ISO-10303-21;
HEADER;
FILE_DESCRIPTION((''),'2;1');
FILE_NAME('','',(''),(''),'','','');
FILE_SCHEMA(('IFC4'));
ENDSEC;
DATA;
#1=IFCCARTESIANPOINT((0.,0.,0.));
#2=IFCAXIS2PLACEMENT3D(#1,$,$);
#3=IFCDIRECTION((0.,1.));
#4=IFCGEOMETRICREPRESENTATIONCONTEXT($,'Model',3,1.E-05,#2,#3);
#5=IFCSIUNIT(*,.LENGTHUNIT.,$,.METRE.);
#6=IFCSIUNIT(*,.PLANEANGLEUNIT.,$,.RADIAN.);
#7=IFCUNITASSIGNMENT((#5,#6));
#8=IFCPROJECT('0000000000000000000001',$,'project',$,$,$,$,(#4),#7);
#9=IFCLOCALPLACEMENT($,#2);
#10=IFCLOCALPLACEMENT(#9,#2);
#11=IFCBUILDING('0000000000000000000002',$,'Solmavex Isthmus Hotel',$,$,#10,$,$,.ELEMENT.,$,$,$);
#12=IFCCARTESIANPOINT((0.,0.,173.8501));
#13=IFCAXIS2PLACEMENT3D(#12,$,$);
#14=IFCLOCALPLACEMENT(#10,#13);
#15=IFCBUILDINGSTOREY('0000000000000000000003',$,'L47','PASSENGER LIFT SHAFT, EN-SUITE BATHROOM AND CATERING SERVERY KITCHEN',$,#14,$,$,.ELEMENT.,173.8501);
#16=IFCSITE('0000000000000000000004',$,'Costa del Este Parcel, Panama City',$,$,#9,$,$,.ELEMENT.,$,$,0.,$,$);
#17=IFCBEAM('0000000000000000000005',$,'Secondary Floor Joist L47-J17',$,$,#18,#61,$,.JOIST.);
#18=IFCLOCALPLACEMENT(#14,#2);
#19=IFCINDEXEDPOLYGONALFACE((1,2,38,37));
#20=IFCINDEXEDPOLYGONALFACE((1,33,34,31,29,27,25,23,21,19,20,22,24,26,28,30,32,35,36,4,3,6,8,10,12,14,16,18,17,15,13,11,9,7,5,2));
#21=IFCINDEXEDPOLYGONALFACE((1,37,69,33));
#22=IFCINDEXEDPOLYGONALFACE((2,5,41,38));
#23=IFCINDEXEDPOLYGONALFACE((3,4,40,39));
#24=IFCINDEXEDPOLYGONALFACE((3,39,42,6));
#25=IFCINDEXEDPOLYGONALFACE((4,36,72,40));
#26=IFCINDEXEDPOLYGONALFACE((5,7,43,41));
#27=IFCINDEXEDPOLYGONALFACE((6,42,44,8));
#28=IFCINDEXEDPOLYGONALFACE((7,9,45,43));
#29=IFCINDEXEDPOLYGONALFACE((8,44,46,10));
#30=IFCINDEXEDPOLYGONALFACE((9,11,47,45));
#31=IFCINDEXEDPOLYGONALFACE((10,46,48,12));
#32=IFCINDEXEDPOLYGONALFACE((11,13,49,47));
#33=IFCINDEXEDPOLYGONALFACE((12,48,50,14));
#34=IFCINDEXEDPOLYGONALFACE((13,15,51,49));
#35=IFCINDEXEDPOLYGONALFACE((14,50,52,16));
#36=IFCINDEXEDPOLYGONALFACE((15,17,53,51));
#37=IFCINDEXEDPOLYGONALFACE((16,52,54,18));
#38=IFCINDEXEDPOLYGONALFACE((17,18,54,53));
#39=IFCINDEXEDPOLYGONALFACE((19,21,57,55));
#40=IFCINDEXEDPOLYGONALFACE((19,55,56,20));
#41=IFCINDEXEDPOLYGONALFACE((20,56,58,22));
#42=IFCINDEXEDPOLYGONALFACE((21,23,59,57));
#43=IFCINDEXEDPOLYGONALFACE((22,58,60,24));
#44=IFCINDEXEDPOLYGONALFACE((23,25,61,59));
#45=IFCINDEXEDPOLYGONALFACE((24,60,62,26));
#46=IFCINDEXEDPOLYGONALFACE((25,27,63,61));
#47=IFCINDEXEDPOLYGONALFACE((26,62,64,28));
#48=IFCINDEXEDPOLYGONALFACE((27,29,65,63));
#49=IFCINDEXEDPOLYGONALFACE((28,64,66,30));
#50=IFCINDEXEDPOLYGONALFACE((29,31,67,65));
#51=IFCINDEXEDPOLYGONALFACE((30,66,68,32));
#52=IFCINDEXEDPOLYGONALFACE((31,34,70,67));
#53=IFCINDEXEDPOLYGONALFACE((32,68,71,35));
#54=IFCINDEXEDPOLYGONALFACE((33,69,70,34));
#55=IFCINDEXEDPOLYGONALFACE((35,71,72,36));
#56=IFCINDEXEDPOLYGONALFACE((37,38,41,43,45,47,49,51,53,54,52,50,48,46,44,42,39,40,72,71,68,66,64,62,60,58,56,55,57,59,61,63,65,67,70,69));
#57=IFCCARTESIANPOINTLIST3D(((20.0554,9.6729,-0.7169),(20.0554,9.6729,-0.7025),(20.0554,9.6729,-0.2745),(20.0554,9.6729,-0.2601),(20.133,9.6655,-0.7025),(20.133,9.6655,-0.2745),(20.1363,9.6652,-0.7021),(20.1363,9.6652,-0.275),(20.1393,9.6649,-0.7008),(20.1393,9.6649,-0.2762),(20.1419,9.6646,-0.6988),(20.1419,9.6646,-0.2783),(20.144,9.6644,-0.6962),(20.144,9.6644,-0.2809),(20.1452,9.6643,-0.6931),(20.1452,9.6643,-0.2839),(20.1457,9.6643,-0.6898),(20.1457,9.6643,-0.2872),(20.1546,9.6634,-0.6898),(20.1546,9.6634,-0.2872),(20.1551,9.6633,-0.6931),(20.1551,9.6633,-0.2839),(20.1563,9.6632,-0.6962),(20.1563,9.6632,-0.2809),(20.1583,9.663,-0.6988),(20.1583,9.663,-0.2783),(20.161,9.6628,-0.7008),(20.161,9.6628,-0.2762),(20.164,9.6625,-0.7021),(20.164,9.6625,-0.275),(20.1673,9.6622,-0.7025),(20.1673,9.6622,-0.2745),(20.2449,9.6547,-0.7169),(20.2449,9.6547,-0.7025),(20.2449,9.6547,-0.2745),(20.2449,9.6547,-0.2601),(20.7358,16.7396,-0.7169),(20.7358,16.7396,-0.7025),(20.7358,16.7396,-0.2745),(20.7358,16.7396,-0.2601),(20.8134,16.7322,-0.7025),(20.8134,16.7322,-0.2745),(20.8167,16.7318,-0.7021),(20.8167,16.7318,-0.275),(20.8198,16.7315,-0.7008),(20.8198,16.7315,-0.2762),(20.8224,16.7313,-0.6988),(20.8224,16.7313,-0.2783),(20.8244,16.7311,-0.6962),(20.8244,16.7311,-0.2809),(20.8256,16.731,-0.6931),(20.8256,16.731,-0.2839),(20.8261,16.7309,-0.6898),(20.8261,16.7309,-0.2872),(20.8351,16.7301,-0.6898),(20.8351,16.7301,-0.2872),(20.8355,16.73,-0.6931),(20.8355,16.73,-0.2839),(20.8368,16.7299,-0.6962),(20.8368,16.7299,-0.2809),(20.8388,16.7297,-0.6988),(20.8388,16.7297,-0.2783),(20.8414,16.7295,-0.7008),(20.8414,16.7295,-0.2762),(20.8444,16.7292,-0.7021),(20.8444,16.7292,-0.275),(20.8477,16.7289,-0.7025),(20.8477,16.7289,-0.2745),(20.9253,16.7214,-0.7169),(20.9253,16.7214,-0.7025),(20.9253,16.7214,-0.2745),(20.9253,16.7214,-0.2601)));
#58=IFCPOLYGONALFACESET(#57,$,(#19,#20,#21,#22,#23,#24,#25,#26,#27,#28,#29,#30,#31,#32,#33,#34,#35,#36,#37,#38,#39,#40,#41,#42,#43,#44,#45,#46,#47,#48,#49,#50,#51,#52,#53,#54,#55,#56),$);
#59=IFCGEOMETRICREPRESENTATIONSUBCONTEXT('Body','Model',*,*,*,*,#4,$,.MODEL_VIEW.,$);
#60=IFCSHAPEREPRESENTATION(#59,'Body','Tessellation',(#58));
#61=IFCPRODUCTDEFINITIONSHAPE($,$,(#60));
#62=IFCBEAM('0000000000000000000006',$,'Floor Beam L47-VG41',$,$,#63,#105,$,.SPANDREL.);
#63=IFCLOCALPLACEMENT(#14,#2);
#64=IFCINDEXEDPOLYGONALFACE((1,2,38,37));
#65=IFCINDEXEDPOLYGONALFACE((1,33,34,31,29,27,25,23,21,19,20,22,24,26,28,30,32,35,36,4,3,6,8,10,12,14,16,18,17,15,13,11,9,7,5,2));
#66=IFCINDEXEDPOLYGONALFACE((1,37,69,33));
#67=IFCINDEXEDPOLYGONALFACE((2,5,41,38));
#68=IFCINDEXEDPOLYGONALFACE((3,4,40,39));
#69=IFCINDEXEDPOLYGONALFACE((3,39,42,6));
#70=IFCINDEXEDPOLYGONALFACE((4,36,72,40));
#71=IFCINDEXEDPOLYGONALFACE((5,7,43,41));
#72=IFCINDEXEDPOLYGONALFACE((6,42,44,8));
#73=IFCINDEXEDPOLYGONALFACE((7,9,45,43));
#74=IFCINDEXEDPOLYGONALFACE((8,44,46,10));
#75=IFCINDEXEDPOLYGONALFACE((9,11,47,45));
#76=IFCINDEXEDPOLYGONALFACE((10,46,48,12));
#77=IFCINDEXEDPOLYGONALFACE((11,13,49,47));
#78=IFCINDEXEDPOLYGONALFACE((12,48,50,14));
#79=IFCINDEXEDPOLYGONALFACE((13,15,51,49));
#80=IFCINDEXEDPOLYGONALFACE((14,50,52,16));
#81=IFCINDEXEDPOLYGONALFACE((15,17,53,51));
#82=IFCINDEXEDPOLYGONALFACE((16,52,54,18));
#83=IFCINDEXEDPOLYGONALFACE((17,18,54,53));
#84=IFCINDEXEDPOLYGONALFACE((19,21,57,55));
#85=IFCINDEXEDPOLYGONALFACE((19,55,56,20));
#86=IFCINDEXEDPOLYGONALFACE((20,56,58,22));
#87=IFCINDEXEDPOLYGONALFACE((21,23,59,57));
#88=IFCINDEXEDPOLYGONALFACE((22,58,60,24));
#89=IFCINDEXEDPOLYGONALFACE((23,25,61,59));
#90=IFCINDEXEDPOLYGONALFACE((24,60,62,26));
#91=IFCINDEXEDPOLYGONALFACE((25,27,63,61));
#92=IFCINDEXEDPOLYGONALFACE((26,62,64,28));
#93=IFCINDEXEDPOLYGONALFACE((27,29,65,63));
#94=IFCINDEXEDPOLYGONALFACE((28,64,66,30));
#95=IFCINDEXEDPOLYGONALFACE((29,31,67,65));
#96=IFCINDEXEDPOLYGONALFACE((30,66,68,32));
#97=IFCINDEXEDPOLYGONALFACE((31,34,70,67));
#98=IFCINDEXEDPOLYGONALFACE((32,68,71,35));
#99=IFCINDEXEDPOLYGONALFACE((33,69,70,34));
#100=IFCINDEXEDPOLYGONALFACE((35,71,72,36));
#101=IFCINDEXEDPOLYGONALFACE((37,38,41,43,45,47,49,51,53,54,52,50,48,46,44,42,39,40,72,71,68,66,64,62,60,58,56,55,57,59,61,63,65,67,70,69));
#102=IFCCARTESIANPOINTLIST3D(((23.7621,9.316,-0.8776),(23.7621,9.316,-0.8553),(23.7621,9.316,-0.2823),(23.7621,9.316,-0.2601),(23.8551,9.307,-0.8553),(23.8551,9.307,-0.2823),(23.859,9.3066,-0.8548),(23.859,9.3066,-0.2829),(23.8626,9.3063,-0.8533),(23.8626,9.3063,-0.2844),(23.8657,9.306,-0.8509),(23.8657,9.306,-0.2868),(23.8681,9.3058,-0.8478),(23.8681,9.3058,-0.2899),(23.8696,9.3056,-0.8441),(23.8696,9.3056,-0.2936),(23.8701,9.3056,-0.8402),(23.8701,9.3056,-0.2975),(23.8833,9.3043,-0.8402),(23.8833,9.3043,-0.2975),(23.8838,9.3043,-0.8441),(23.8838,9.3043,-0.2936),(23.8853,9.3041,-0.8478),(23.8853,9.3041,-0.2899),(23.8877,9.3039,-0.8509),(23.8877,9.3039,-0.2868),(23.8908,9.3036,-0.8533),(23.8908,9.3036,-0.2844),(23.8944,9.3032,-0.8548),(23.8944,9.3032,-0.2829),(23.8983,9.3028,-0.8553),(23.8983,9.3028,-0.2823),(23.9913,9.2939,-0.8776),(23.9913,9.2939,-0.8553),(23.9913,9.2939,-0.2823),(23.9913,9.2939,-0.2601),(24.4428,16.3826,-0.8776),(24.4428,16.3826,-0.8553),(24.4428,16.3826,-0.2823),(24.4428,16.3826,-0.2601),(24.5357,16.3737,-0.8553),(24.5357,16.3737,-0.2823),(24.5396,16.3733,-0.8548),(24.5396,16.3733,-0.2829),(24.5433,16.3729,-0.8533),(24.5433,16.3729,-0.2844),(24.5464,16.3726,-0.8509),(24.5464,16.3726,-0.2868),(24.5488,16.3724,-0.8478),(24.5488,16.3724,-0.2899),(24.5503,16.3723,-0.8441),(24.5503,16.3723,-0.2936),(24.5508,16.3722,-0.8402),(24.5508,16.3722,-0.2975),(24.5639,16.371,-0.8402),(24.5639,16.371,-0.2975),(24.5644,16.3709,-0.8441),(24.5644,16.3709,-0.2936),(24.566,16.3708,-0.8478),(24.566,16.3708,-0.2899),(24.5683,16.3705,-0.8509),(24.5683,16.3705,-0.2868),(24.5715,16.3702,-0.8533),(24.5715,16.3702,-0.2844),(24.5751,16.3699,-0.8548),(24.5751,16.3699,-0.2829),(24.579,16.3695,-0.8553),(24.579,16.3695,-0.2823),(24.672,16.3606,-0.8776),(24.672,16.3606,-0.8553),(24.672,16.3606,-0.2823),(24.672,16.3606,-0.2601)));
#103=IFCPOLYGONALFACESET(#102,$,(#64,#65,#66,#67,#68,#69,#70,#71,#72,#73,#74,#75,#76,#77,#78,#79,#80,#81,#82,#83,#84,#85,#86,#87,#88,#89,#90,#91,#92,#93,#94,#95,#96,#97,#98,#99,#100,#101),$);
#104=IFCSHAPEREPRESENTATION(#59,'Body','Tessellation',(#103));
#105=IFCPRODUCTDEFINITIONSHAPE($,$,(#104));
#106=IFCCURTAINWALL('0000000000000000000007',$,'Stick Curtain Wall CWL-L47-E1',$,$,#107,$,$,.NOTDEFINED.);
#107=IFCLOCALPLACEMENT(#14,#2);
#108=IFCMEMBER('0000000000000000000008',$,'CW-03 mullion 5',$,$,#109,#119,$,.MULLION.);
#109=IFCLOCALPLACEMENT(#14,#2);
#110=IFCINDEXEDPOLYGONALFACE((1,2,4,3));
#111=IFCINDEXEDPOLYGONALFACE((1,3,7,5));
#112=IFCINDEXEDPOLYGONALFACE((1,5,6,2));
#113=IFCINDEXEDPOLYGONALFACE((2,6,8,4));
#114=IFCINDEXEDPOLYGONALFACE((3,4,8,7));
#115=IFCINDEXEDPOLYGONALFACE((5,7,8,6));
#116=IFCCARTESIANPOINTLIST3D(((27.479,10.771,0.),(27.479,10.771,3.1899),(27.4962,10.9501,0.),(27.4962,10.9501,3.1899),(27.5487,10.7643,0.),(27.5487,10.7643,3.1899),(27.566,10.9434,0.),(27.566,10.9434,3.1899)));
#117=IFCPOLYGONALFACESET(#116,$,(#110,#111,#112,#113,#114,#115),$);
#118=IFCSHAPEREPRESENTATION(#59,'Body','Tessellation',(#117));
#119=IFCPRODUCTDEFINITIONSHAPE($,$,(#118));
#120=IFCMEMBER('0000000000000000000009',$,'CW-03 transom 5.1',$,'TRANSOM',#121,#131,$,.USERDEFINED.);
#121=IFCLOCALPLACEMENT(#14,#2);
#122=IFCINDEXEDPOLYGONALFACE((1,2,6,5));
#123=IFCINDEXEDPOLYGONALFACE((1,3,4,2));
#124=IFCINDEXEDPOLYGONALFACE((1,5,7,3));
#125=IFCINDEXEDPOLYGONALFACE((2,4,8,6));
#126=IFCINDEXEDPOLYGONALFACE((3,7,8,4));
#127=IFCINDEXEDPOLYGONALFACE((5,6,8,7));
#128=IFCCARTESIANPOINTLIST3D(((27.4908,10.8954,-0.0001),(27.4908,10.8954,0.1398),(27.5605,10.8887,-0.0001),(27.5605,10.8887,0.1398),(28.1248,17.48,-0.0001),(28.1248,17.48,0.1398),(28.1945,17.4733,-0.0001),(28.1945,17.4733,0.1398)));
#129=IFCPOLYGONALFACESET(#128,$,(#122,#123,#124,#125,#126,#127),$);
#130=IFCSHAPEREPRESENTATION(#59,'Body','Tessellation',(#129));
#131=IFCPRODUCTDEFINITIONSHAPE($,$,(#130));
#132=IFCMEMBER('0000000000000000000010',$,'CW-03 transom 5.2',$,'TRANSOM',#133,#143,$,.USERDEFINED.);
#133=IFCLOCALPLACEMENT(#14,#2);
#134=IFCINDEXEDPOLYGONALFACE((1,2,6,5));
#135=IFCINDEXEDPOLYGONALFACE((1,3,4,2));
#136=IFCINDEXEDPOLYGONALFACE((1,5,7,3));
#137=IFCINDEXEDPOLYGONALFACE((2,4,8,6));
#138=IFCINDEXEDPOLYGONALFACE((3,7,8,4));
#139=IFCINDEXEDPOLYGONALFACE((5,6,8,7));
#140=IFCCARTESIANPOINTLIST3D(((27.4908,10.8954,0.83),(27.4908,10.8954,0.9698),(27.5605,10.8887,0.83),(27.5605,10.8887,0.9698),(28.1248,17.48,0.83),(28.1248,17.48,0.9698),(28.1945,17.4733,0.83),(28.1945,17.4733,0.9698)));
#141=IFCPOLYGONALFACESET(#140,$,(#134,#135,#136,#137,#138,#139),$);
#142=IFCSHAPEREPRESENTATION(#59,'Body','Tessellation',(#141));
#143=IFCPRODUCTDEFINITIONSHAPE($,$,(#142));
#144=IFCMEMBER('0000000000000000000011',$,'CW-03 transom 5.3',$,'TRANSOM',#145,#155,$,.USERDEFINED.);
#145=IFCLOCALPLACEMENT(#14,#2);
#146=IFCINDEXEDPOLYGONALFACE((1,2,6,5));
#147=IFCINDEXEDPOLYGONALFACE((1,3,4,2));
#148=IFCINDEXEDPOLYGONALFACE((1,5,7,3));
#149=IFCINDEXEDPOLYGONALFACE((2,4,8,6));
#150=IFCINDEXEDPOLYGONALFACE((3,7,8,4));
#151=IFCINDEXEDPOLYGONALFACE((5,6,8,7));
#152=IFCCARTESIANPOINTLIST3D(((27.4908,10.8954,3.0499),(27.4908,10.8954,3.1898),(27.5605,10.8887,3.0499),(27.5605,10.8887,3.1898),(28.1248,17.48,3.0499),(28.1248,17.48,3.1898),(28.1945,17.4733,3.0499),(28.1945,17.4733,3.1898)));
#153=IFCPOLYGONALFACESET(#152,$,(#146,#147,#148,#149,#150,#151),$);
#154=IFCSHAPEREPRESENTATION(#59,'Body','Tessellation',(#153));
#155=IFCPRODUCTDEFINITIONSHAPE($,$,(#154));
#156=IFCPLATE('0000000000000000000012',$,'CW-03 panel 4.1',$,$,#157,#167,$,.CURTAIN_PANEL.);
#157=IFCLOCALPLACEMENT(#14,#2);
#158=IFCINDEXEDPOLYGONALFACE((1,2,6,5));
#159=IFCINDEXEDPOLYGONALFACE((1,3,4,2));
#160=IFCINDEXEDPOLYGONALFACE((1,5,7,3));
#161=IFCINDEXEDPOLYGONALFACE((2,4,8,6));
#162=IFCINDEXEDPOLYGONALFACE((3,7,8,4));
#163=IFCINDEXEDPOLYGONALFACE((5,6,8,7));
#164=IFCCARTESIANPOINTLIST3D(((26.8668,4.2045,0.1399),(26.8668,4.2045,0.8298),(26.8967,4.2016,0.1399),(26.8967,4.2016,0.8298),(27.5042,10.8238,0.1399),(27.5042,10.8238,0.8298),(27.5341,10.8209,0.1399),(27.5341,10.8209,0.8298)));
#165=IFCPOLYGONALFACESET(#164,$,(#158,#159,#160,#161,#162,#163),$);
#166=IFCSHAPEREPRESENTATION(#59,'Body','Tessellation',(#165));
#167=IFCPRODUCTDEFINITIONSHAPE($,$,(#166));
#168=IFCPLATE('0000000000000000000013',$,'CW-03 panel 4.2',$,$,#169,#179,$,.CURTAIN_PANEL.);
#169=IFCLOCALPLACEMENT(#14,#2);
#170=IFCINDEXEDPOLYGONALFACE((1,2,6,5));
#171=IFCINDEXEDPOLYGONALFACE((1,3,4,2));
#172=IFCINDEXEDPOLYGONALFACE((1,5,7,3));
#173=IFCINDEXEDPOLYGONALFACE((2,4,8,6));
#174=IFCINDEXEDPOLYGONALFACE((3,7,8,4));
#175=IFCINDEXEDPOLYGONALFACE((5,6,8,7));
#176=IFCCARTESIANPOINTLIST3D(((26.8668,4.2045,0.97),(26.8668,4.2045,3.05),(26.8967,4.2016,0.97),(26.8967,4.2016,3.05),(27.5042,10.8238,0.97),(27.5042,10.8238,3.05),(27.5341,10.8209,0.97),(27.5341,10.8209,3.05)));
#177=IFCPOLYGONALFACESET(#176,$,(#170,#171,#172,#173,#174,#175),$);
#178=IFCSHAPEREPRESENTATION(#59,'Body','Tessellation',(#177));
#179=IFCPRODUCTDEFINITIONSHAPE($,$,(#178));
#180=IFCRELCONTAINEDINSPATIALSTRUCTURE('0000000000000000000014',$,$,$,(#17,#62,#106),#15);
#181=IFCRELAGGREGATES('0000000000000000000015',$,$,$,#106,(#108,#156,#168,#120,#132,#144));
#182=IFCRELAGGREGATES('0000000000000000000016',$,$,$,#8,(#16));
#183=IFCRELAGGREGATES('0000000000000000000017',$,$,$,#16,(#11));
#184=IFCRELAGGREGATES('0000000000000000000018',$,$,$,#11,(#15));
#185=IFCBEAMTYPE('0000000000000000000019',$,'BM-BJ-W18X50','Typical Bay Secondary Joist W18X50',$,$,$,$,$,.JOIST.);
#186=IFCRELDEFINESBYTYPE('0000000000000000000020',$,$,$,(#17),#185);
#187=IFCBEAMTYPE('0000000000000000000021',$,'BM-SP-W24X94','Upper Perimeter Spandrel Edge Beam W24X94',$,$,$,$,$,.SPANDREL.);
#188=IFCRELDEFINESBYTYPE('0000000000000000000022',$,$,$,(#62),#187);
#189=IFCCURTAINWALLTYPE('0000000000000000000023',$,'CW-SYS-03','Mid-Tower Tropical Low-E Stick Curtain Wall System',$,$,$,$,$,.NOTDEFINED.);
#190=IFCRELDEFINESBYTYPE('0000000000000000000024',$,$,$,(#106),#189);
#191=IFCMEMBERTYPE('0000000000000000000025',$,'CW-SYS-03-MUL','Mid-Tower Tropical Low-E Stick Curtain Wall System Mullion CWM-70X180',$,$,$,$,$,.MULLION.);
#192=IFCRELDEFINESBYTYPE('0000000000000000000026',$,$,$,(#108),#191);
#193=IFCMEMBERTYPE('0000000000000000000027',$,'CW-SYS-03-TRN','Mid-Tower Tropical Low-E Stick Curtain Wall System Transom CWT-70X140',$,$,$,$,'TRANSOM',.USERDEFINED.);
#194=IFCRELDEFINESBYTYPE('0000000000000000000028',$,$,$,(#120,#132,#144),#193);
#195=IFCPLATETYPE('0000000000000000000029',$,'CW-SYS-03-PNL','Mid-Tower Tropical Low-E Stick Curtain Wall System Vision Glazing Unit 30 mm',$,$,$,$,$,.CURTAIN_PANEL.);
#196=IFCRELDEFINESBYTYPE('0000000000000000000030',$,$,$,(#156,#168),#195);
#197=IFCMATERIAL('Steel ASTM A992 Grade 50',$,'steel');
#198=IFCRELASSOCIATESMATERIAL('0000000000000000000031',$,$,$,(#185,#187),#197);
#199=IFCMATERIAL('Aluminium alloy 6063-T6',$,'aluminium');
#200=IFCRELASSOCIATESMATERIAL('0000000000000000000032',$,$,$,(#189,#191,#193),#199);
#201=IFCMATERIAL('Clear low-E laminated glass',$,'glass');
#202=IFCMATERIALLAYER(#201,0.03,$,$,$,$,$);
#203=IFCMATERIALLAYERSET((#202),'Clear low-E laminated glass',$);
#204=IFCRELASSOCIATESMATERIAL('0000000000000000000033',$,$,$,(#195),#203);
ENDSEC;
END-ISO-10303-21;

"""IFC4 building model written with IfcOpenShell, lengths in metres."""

from ifc_helpers import new_model, si_unit, direction, frame, origin, origin_2d, place, context, subcontext, project, spatial, rectangle, i_section, extrude, material, layer, layer_set, material_profile, profile_set, type_object, element, aggregate, save


model = new_model("IFC4")

# Units and contexts
model_context = context("Model", 3, precision=1e-05, world=origin(), true_north=direction((0.0, 1.0)))
body_context = subcontext(model_context, "Body", "Model", "MODEL_VIEW")
ifc_project = project(units=[si_unit("LENGTHUNIT", "METRE"), si_unit("PLANEANGLEUNIT", "RADIAN")], contexts=[model_context])

# Site, building, storey
site_placement = place(None, origin())
site = spatial("IfcSite", under=ifc_project, at=site_placement, Name="Costa del Este Parcel, Panama City", CompositionType="ELEMENT", RefElevation=0.0)
building_placement = place(site_placement, origin())
building = spatial("IfcBuilding", under=site, at=building_placement, Name="Solmavex Isthmus Hotel", CompositionType="ELEMENT")
storey_placement = place(building_placement, frame((0.0, 0.0, 173.8501)))
storey = spatial("IfcBuildingStorey", under=building, at=storey_placement, Name="L47", Description="PASSENGER LIFT SHAFT, EN-SUITE BATHROOM AND CATERING SERVERY KITCHEN", CompositionType="ELEMENT", Elevation=173.8501)

# Beams
ifc_material_1 = material(Name="Steel ASTM A992 Grade 50", Category="steel")
ifc_material_profile_1 = material_profile(ifc_material_1, i_section(OverallWidth=0.1904, OverallDepth=0.4568, WebThickness=0.009, FlangeThickness=0.0144, FilletRadius=0.0127, at=origin_2d()), Name="W18X50")
ifc_profile_set_1 = profile_set([ifc_material_profile_1], Name="Steel ASTM A992 Grade 50")
beam_type_1 = type_object("IfcBeamType", Name="BM-BJ-W18X50", Description="Typical Bay Secondary Joist W18X50", PredefinedType="JOIST", material=ifc_profile_set_1)
beam_1_placement = place(storey_placement, frame((20.1501, 9.6638, -0.4885), z_axis=(0.095843, 0.995396, 0.0), x_axis=(-0.995396, 0.095843, 0.0)))
element("IfcBeam", 1, at=beam_1_placement, inside=storey, type_object=beam_type_1, Name="Secondary Floor Joist L47-J17", PredefinedType="JOIST", context=body_context, shape_type="SweptSolid", body=[
    extrude(i_section(OverallWidth=0.1904, OverallDepth=0.4568, WebThickness=0.009, FlangeThickness=0.0144, FilletRadius=0.0127, at=origin_2d()), origin(), (0.0, 0.0, 1.0), 7.0994),
])
ifc_material_profile_2 = material_profile(ifc_material_1, i_section(OverallWidth=0.2302, OverallDepth=0.6174, WebThickness=0.0132, FlangeThickness=0.0222, FilletRadius=0.0151, at=origin_2d()), Name="W24X94")
ifc_profile_set_2 = profile_set([ifc_material_profile_2], Name="Steel ASTM A992 Grade 50")
beam_type_2 = type_object("IfcBeamType", Name="BM-SP-W24X94", Description="Upper Perimeter Spandrel Edge Beam W24X94", PredefinedType="SPANDREL", material=ifc_profile_set_2)
beam_2_placement = place(storey_placement, frame((23.8767, 9.3049, -0.5688), z_axis=(0.095877, 0.995393, 0.0), x_axis=(-0.995393, 0.095877, 0.0)))
element("IfcBeam", 2, at=beam_2_placement, inside=storey, type_object=beam_type_2, Name="Floor Beam L47-VG41", PredefinedType="SPANDREL", context=body_context, shape_type="SweptSolid", body=[
    extrude(i_section(OverallWidth=0.2302, OverallDepth=0.6174, WebThickness=0.0132, FlangeThickness=0.0222, FilletRadius=0.0151, at=origin_2d()), origin(), (0.0, 0.0, 1.0), 7.0994),
])

# Curtain wall, members, plates
ifc_material_2 = material(Name="Aluminium alloy 6063-T6", Category="aluminium")
curtain_wall_type = type_object("IfcCurtainWallType", Name="CW-SYS-03", Description="Mid-Tower Tropical Low-E Stick Curtain Wall System", PredefinedType="NOTDEFINED", material=ifc_material_2)
curtain_wall_placement = place(storey_placement, origin())
curtain_wall = element("IfcCurtainWall", 3, at=curtain_wall_placement, inside=storey, type_object=curtain_wall_type, Name="Stick Curtain Wall CWL-L47-E1", PredefinedType="NOTDEFINED")
ifc_material_profile_3 = material_profile(ifc_material_2, rectangle(XDim=0.0701, YDim=0.1799, at=origin_2d()), Name="CWM-70X180")
ifc_profile_set_3 = profile_set([ifc_material_profile_3], Name="Aluminium alloy 6063-T6")
member_type_1 = type_object("IfcMemberType", Name="CW-SYS-03-MUL", Description="Mid-Tower Tropical Low-E Stick Curtain Wall System Mullion CWM-70X180", PredefinedType="MULLION", material=ifc_profile_set_3)
member_1_placement = place(storey_placement, frame((27.5225, 10.8572, 0.0), z_axis=(0.0, 0.0, 1.0), x_axis=(-0.995396, 0.095846, 0.0)))
member_1 = element("IfcMember", 4, at=member_1_placement, type_object=member_type_1, Name="CW-03 mullion 5", PredefinedType="MULLION", context=body_context, shape_type="SweptSolid", body=[
    extrude(rectangle(XDim=0.0701, YDim=0.1799, at=origin_2d()), origin(), (0.0, 0.0, 1.0), 3.1899),
])
ifc_material_profile_4 = material_profile(ifc_material_2, rectangle(XDim=0.0701, YDim=0.1399, at=origin_2d()), Name="CWT-70X140")
ifc_profile_set_4 = profile_set([ifc_material_profile_4], Name="Aluminium alloy 6063-T6")
member_type_2 = type_object("IfcMemberType", Name="CW-SYS-03-TRN", Description="Mid-Tower Tropical Low-E Stick Curtain Wall System Transom CWT-70X140", ElementType="TRANSOM", PredefinedType="USERDEFINED", material=ifc_profile_set_4)
member_2_placement = place(storey_placement, frame((27.5256, 10.8921, 0.0698), z_axis=(0.095849, 0.995396, 0.0), x_axis=(-0.995396, 0.095849, 0.0)))
member_2 = element("IfcMember", 5, at=member_2_placement, type_object=member_type_2, Name="CW-03 transom 5.1", ObjectType="TRANSOM", PredefinedType="USERDEFINED", context=body_context, shape_type="SweptSolid", body=[
    extrude(rectangle(XDim=0.0701, YDim=0.1399, at=origin_2d()), origin(), (0.0, 0.0, 1.0), 6.615),
])
member_3_placement = place(storey_placement, frame((27.5256, 10.8921, 0.8999), z_axis=(0.095849, 0.995396, 0.0), x_axis=(-0.995396, 0.095849, 0.0)))
member_3 = element("IfcMember", 6, at=member_3_placement, type_object=member_type_2, Name="CW-03 transom 5.2", ObjectType="TRANSOM", PredefinedType="USERDEFINED", context=body_context, shape_type="SweptSolid", body=[
    extrude(rectangle(XDim=0.0701, YDim=0.1399, at=origin_2d()), origin(), (0.0, 0.0, 1.0), 6.615),
])
member_4_placement = place(storey_placement, frame((27.5256, 10.8921, 3.1199), z_axis=(0.095849, 0.995396, 0.0), x_axis=(-0.995396, 0.095849, 0.0)))
member_4 = element("IfcMember", 7, at=member_4_placement, type_object=member_type_2, Name="CW-03 transom 5.3", ObjectType="TRANSOM", PredefinedType="USERDEFINED", context=body_context, shape_type="SweptSolid", body=[
    extrude(rectangle(XDim=0.0701, YDim=0.1399, at=origin_2d()), origin(), (0.0, 0.0, 1.0), 6.615),
])
ifc_material_3 = material(Name="Clear low-E laminated glass", Category="glass")
ifc_layer_1 = layer(ifc_material_3, 0.03)
ifc_layer_set_1 = layer_set([ifc_layer_1], Name="Clear low-E laminated glass")
plate_type = type_object("IfcPlateType", Name="CW-SYS-03-PNL", Description="Mid-Tower Tropical Low-E Stick Curtain Wall System Vision Glazing Unit 30 mm", PredefinedType="CURTAIN_PANEL", material=ifc_layer_set_1)
plate_1_placement = place(storey_placement, frame((27.2004, 7.5127, 0.1399), z_axis=(0.0, 0.0, 1.0), x_axis=(0.095846, 0.995396, 0.0)))
plate_1 = element("IfcPlate", 8, at=plate_1_placement, type_object=plate_type, Name="CW-03 panel 4.1", PredefinedType="CURTAIN_PANEL", context=body_context, shape_type="SweptSolid", body=[
    extrude(rectangle(XDim=6.6499, YDim=0.03, at=origin_2d()), origin(), (0.0, 0.0, 1.0), 0.6899),
])
plate_2_placement = place(storey_placement, frame((27.2004, 7.5127, 0.97), z_axis=(0.0, 0.0, 1.0), x_axis=(0.095846, 0.995396, 0.0)))
plate_2 = element("IfcPlate", 9, at=plate_2_placement, type_object=plate_type, Name="CW-03 panel 4.2", PredefinedType="CURTAIN_PANEL", context=body_context, shape_type="SweptSolid", body=[
    extrude(rectangle(XDim=6.6499, YDim=0.03, at=origin_2d()), origin(), (0.0, 0.0, 1.0), 2.0801),
])
aggregate(curtain_wall, [member_1, plate_1, plate_2, member_2, member_3, member_4])

save(model, "model.ifc")
